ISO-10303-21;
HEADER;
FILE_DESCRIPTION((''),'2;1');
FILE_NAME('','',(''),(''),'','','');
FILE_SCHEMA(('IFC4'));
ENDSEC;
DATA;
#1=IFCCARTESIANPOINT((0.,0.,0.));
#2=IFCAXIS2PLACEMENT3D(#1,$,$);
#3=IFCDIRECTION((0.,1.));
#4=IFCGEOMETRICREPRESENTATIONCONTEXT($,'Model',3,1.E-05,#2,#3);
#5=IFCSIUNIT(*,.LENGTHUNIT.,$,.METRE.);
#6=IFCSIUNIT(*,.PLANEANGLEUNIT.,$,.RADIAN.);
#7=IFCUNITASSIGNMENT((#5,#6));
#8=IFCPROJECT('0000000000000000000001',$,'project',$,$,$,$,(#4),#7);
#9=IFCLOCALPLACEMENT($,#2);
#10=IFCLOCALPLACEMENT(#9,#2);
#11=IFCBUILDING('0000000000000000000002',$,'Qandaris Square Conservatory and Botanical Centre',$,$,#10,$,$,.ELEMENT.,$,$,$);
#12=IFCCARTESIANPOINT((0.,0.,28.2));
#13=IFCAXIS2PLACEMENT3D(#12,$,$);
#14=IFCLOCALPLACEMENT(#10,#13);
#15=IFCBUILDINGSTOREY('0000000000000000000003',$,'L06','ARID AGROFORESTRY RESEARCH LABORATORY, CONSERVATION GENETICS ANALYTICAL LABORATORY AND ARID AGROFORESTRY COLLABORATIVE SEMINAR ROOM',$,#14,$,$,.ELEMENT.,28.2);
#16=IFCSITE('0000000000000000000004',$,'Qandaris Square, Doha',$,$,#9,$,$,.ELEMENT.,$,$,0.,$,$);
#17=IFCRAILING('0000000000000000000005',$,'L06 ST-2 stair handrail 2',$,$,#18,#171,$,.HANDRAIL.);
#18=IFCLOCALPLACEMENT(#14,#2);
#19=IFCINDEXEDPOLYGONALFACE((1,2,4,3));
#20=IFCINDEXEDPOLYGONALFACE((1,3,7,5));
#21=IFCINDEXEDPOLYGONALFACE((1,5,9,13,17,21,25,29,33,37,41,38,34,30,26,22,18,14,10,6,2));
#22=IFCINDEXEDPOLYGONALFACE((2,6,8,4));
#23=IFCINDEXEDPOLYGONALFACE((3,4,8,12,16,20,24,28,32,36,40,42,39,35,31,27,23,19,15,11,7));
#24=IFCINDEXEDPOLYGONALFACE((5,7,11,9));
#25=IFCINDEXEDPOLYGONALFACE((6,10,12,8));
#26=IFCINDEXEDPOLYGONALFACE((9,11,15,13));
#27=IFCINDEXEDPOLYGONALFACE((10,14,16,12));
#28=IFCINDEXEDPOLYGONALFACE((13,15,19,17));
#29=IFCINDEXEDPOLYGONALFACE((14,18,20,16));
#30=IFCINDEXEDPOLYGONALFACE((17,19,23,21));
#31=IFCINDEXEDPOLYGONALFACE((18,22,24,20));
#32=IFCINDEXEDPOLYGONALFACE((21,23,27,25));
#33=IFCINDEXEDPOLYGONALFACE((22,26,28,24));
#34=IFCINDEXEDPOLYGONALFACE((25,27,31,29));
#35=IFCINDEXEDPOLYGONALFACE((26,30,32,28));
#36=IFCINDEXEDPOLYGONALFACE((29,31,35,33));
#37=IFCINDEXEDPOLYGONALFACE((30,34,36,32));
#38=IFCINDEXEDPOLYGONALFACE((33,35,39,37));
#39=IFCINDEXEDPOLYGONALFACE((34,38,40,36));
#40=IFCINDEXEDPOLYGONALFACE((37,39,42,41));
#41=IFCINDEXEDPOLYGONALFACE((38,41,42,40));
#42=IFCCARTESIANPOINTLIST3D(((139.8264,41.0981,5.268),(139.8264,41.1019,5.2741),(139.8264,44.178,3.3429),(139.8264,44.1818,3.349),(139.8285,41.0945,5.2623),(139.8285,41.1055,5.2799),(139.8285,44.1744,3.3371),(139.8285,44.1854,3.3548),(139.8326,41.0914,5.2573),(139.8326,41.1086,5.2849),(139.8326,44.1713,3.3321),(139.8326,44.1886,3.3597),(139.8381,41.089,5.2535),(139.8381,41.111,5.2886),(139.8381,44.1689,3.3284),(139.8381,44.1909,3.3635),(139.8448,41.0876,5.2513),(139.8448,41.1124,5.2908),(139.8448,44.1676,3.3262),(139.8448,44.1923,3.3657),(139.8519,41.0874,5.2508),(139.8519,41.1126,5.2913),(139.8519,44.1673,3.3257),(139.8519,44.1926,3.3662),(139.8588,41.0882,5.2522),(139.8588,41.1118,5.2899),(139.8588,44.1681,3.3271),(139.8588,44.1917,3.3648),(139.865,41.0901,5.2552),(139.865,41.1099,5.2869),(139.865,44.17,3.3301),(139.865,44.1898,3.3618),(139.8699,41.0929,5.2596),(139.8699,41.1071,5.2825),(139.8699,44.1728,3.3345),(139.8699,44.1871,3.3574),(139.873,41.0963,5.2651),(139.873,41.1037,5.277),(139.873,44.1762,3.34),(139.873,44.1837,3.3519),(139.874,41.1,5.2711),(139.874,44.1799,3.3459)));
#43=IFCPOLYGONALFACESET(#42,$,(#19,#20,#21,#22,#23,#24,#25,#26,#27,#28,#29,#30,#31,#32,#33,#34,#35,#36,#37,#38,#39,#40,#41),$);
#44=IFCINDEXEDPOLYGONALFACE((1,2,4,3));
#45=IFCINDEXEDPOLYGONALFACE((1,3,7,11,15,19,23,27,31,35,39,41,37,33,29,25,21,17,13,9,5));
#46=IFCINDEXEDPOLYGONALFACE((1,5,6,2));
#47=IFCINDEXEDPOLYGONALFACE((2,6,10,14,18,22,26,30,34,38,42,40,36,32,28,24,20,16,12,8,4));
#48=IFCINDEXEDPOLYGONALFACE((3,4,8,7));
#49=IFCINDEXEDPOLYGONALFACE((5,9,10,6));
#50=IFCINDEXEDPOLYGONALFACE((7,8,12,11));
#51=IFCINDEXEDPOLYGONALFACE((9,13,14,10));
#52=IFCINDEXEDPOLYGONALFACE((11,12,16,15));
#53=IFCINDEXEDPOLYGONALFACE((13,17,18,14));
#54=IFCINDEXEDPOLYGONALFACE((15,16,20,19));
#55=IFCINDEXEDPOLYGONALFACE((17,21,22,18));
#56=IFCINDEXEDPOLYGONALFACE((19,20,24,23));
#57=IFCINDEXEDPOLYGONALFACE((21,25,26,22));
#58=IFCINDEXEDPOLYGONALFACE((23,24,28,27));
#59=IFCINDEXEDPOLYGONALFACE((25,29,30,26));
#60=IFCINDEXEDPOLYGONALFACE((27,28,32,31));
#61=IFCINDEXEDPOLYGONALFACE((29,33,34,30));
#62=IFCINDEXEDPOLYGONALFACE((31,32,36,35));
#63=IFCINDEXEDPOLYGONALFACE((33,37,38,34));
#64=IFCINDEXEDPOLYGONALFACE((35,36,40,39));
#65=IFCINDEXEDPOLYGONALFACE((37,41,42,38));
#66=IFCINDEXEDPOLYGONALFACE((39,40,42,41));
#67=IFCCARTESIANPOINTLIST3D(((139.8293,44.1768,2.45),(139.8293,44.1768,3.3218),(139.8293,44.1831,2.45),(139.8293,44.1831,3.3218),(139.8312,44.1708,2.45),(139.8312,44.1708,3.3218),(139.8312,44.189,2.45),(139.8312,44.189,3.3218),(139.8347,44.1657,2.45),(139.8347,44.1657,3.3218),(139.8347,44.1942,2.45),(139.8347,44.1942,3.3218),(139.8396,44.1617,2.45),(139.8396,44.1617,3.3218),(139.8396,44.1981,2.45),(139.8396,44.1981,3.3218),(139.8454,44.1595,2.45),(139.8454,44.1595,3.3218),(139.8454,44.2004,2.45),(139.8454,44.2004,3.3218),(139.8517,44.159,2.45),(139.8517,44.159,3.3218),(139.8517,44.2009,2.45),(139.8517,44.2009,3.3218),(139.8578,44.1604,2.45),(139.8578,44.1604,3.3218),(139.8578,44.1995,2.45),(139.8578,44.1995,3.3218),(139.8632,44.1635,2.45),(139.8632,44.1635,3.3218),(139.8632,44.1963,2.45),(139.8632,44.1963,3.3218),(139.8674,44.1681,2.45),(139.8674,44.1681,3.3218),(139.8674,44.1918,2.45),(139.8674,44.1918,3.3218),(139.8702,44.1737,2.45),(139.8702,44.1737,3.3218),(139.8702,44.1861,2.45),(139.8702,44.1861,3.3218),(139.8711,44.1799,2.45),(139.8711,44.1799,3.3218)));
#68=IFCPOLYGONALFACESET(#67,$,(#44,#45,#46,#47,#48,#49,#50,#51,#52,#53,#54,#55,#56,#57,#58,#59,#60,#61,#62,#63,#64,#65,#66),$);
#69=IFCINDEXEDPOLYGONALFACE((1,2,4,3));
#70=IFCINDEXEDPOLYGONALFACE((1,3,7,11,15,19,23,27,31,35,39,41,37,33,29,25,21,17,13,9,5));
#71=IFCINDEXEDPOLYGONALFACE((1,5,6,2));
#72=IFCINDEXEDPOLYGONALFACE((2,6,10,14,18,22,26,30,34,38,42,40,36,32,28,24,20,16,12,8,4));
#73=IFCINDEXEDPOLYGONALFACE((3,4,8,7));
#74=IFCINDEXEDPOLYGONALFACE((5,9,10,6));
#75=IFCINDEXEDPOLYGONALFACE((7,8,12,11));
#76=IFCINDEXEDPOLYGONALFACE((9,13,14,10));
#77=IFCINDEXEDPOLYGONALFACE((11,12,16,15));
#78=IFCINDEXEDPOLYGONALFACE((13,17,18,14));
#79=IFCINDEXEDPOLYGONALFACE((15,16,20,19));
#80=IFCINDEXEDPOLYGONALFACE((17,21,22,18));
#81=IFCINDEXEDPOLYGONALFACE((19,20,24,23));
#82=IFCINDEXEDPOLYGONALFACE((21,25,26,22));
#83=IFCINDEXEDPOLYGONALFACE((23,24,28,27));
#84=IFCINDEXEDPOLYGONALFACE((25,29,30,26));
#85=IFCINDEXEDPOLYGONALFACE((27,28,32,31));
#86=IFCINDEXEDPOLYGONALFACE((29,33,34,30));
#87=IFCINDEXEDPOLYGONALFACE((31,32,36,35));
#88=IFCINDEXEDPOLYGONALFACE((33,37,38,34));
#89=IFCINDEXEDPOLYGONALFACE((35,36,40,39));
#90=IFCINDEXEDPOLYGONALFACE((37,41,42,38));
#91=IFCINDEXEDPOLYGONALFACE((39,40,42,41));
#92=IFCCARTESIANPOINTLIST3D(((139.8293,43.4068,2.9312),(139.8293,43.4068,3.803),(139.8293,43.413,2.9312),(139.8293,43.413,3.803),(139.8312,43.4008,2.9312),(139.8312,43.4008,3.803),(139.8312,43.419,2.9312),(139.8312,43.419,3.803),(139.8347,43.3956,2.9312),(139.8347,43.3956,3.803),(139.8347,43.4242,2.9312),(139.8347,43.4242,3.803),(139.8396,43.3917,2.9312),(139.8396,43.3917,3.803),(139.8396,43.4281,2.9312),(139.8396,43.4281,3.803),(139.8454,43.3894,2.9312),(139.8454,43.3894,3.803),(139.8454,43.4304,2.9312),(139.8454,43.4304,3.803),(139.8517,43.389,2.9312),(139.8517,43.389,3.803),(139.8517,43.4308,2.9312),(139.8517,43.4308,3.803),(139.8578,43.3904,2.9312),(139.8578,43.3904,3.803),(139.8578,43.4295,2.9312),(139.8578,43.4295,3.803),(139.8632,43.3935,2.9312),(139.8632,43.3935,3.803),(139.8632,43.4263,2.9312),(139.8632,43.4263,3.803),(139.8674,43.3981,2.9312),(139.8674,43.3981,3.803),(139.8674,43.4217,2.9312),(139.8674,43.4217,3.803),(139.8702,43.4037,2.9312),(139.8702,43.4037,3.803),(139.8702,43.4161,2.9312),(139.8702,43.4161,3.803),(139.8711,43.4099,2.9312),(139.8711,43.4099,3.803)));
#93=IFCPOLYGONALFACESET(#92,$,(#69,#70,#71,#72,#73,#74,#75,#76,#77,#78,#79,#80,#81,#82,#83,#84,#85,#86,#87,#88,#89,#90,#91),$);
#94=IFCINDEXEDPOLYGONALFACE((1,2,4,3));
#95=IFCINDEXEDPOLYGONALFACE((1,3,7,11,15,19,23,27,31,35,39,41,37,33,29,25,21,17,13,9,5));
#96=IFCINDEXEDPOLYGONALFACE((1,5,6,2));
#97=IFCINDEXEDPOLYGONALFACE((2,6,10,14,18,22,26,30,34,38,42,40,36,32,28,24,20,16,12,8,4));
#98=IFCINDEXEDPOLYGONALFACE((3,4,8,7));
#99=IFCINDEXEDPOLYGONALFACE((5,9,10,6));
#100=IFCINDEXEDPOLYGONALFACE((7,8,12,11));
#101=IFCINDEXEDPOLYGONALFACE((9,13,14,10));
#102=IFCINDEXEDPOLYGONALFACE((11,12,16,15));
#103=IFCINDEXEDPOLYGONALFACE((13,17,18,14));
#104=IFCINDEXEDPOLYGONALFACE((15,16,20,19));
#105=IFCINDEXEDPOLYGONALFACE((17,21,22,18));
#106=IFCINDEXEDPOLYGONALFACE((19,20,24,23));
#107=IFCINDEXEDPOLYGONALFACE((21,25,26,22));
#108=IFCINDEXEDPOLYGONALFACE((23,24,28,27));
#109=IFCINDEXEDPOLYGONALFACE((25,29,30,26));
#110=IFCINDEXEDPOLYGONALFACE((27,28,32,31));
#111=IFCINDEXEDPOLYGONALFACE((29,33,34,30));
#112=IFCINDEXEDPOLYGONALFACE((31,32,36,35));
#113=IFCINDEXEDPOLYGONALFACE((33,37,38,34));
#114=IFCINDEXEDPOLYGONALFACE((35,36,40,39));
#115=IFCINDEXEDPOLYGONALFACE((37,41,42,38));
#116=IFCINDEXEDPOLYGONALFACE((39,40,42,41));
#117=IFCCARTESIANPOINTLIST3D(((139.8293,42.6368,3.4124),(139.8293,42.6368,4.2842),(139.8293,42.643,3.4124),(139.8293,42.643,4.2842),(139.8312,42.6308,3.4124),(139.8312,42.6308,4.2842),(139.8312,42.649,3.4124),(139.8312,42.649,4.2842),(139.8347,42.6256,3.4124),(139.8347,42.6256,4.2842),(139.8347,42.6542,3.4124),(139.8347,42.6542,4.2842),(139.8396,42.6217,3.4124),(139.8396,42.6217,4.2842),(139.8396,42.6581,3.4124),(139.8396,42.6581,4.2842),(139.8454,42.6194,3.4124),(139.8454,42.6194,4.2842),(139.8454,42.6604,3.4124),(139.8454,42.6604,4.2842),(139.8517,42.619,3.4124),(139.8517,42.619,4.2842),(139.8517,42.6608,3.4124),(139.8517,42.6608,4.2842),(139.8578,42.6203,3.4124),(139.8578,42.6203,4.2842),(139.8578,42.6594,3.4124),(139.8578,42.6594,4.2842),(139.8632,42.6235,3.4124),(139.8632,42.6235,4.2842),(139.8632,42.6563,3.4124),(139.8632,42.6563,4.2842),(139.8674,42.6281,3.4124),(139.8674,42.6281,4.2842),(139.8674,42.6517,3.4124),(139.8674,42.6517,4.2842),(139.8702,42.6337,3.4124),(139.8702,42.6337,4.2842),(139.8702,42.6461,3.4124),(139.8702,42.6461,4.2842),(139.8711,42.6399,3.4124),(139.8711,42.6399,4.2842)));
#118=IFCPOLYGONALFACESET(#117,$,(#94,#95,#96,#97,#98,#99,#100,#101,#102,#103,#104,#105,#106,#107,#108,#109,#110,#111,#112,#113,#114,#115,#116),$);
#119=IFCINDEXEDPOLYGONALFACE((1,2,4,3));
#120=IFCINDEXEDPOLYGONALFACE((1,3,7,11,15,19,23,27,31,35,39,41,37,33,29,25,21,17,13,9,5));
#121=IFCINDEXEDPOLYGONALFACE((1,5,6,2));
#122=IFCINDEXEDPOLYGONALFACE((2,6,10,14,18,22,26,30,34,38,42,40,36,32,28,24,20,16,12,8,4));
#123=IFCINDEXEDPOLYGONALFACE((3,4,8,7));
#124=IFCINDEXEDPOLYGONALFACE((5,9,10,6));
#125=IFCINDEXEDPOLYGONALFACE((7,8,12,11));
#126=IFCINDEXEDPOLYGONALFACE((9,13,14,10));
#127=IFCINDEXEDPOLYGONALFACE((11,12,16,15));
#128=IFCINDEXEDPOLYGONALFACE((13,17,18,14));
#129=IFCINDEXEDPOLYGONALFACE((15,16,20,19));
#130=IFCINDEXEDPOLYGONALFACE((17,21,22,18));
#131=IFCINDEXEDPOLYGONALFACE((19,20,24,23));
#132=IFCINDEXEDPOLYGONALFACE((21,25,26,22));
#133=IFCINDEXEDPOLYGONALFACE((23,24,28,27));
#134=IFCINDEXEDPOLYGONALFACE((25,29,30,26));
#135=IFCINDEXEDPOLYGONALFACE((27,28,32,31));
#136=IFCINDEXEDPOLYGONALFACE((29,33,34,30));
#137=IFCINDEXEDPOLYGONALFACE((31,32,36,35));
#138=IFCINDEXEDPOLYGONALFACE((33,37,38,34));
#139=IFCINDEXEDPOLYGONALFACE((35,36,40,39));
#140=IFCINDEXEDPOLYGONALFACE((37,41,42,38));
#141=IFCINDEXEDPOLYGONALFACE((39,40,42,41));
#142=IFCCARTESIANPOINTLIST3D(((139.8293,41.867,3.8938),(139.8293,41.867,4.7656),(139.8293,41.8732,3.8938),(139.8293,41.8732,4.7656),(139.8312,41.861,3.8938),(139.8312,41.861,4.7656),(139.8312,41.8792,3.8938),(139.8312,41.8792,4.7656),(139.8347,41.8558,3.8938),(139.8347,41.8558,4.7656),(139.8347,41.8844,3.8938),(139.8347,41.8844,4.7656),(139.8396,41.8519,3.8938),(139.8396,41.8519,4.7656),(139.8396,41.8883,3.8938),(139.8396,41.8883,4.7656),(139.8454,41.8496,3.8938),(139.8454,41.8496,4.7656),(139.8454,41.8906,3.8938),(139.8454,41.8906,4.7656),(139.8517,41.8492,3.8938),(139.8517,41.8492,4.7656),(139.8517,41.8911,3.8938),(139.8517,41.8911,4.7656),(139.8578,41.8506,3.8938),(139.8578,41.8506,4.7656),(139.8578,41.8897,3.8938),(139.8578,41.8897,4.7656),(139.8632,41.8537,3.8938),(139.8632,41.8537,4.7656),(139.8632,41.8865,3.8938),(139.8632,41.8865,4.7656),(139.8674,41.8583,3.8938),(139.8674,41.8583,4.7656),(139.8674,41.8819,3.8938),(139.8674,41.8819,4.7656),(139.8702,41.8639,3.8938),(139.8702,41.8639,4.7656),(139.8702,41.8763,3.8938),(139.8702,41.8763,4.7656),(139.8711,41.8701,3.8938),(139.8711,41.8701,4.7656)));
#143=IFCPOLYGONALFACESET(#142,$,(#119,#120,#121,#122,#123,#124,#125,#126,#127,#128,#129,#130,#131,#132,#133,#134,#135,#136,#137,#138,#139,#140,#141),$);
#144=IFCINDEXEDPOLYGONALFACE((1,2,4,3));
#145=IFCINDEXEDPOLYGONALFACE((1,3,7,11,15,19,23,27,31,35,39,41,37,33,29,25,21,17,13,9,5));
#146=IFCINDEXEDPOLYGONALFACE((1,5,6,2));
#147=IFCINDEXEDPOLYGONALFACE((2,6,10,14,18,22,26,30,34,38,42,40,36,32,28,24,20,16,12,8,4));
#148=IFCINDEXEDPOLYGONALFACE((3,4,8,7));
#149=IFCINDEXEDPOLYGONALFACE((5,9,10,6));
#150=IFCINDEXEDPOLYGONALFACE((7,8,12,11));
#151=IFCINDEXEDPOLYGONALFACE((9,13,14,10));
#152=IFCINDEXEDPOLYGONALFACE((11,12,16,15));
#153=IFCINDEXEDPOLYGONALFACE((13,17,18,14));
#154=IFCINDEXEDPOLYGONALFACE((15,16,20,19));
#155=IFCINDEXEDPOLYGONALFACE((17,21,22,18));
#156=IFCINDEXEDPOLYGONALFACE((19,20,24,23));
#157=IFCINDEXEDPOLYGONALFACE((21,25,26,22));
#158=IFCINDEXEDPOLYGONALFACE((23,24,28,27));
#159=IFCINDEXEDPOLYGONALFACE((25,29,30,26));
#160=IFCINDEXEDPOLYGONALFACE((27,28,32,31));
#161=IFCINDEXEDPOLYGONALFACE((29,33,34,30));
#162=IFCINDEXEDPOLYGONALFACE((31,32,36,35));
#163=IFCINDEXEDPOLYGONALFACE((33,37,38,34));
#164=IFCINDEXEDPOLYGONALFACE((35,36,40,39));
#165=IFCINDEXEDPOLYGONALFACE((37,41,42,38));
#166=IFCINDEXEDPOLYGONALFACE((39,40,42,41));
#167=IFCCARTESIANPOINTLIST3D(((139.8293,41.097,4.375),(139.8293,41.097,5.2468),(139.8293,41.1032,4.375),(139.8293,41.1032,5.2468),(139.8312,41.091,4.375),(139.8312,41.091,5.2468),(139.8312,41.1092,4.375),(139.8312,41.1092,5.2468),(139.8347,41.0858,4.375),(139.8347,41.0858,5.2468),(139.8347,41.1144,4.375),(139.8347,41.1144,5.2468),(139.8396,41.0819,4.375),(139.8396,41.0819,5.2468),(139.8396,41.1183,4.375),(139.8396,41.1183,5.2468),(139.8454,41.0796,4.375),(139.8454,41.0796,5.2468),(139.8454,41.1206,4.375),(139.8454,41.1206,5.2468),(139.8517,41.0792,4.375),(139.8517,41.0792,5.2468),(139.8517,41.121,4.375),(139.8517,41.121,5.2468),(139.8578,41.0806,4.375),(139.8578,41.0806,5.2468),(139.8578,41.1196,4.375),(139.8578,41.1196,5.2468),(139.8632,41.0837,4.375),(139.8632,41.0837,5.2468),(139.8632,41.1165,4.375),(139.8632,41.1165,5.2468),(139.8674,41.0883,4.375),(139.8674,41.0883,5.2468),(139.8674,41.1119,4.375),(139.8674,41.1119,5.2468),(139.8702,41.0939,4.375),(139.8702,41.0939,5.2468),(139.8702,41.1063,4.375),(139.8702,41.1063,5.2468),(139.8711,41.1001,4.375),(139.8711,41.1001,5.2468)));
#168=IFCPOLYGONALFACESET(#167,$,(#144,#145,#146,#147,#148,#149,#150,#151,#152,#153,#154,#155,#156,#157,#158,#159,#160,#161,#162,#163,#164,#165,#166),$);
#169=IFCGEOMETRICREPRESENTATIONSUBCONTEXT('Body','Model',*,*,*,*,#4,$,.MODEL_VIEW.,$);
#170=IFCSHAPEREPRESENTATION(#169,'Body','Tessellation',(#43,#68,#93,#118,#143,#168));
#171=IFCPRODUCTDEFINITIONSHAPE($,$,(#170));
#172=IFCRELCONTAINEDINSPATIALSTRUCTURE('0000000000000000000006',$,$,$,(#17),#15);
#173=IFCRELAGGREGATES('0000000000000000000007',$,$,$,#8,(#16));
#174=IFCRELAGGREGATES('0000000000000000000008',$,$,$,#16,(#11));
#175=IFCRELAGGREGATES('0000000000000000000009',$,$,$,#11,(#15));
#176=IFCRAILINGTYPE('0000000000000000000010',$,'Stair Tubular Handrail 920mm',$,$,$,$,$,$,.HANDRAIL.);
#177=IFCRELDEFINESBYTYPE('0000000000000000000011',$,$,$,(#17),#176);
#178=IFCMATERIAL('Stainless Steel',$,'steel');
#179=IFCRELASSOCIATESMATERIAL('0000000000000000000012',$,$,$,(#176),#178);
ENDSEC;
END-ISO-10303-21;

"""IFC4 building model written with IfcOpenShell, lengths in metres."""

from ifc_helpers import new_model, si_unit, direction, frame, origin, origin_2d, place, context, subcontext, project, spatial, circle, extrude, material, type_object, element, save


model = new_model("IFC4")

# Units and contexts
model_context = context("Model", 3, precision=1e-05, world=origin(), true_north=direction((0.0, 1.0)))
body_context = subcontext(model_context, "Body", "Model", "MODEL_VIEW")
ifc_project = project(units=[si_unit("LENGTHUNIT", "METRE"), si_unit("PLANEANGLEUNIT", "RADIAN")], contexts=[model_context])

# Site, building, storey
site_placement = place(None, origin())
site = spatial("IfcSite", under=ifc_project, at=site_placement, Name="Qandaris Square, Doha", CompositionType="ELEMENT", RefElevation=0.0)
building_placement = place(site_placement, origin())
building = spatial("IfcBuilding", under=site, at=building_placement, Name="Qandaris Square Conservatory and Botanical Centre", CompositionType="ELEMENT")
storey_placement = place(building_placement, frame((0.0, 0.0, 28.2)))
storey = spatial("IfcBuildingStorey", under=building, at=storey_placement, Name="L06", Description="ARID AGROFORESTRY RESEARCH LABORATORY, CONSERVATION GENETICS ANALYTICAL LABORATORY AND ARID AGROFORESTRY COLLABORATIVE SEMINAR ROOM", CompositionType="ELEMENT", Elevation=28.2)

# Railing
ifc_material_1 = material(Name="Stainless Steel", Category="steel")
railing_type_1 = type_object("IfcRailingType", Name="Stair Tubular Handrail 920mm", PredefinedType="HANDRAIL", material=ifc_material_1)
railing_1_placement = place(storey_placement, frame((139.8501, 44.1799, 2.45)))
element("IfcRailing", 1, at=railing_1_placement, inside=storey, type_object=railing_type_1, Name="L06 ST-2 stair handrail 2", PredefinedType="HANDRAIL", context=body_context, shape_type="SweptSolid", body=[
    extrude(circle(Radius=0.0239, at=origin_2d()), frame((0.0, 0.0, 0.896), z_axis=(0.0, -0.847979, 0.530029), x_axis=(1.0, 0.0, 0.0)), (0.0, 0.0, 1.0), 3.6321),
    extrude(circle(Radius=0.021, at=origin_2d()), origin(), (0.0, 0.0, 1.0), 0.8718),
    extrude(circle(Radius=0.021, at=origin_2d()), frame((0.0, -0.77, 0.4812)), (0.0, 0.0, 1.0), 0.8718),
    extrude(circle(Radius=0.021, at=origin_2d()), frame((0.0, -1.54, 0.9624)), (0.0, 0.0, 1.0), 0.8718),
    extrude(circle(Radius=0.021, at=origin_2d()), frame((0.0, -2.3098, 1.4438)), (0.0, 0.0, 1.0), 0.8718),
    extrude(circle(Radius=0.021, at=origin_2d()), frame((0.0, -3.0798, 1.925)), (0.0, 0.0, 1.0), 0.8718),
])

save(model, "model.ifc")
